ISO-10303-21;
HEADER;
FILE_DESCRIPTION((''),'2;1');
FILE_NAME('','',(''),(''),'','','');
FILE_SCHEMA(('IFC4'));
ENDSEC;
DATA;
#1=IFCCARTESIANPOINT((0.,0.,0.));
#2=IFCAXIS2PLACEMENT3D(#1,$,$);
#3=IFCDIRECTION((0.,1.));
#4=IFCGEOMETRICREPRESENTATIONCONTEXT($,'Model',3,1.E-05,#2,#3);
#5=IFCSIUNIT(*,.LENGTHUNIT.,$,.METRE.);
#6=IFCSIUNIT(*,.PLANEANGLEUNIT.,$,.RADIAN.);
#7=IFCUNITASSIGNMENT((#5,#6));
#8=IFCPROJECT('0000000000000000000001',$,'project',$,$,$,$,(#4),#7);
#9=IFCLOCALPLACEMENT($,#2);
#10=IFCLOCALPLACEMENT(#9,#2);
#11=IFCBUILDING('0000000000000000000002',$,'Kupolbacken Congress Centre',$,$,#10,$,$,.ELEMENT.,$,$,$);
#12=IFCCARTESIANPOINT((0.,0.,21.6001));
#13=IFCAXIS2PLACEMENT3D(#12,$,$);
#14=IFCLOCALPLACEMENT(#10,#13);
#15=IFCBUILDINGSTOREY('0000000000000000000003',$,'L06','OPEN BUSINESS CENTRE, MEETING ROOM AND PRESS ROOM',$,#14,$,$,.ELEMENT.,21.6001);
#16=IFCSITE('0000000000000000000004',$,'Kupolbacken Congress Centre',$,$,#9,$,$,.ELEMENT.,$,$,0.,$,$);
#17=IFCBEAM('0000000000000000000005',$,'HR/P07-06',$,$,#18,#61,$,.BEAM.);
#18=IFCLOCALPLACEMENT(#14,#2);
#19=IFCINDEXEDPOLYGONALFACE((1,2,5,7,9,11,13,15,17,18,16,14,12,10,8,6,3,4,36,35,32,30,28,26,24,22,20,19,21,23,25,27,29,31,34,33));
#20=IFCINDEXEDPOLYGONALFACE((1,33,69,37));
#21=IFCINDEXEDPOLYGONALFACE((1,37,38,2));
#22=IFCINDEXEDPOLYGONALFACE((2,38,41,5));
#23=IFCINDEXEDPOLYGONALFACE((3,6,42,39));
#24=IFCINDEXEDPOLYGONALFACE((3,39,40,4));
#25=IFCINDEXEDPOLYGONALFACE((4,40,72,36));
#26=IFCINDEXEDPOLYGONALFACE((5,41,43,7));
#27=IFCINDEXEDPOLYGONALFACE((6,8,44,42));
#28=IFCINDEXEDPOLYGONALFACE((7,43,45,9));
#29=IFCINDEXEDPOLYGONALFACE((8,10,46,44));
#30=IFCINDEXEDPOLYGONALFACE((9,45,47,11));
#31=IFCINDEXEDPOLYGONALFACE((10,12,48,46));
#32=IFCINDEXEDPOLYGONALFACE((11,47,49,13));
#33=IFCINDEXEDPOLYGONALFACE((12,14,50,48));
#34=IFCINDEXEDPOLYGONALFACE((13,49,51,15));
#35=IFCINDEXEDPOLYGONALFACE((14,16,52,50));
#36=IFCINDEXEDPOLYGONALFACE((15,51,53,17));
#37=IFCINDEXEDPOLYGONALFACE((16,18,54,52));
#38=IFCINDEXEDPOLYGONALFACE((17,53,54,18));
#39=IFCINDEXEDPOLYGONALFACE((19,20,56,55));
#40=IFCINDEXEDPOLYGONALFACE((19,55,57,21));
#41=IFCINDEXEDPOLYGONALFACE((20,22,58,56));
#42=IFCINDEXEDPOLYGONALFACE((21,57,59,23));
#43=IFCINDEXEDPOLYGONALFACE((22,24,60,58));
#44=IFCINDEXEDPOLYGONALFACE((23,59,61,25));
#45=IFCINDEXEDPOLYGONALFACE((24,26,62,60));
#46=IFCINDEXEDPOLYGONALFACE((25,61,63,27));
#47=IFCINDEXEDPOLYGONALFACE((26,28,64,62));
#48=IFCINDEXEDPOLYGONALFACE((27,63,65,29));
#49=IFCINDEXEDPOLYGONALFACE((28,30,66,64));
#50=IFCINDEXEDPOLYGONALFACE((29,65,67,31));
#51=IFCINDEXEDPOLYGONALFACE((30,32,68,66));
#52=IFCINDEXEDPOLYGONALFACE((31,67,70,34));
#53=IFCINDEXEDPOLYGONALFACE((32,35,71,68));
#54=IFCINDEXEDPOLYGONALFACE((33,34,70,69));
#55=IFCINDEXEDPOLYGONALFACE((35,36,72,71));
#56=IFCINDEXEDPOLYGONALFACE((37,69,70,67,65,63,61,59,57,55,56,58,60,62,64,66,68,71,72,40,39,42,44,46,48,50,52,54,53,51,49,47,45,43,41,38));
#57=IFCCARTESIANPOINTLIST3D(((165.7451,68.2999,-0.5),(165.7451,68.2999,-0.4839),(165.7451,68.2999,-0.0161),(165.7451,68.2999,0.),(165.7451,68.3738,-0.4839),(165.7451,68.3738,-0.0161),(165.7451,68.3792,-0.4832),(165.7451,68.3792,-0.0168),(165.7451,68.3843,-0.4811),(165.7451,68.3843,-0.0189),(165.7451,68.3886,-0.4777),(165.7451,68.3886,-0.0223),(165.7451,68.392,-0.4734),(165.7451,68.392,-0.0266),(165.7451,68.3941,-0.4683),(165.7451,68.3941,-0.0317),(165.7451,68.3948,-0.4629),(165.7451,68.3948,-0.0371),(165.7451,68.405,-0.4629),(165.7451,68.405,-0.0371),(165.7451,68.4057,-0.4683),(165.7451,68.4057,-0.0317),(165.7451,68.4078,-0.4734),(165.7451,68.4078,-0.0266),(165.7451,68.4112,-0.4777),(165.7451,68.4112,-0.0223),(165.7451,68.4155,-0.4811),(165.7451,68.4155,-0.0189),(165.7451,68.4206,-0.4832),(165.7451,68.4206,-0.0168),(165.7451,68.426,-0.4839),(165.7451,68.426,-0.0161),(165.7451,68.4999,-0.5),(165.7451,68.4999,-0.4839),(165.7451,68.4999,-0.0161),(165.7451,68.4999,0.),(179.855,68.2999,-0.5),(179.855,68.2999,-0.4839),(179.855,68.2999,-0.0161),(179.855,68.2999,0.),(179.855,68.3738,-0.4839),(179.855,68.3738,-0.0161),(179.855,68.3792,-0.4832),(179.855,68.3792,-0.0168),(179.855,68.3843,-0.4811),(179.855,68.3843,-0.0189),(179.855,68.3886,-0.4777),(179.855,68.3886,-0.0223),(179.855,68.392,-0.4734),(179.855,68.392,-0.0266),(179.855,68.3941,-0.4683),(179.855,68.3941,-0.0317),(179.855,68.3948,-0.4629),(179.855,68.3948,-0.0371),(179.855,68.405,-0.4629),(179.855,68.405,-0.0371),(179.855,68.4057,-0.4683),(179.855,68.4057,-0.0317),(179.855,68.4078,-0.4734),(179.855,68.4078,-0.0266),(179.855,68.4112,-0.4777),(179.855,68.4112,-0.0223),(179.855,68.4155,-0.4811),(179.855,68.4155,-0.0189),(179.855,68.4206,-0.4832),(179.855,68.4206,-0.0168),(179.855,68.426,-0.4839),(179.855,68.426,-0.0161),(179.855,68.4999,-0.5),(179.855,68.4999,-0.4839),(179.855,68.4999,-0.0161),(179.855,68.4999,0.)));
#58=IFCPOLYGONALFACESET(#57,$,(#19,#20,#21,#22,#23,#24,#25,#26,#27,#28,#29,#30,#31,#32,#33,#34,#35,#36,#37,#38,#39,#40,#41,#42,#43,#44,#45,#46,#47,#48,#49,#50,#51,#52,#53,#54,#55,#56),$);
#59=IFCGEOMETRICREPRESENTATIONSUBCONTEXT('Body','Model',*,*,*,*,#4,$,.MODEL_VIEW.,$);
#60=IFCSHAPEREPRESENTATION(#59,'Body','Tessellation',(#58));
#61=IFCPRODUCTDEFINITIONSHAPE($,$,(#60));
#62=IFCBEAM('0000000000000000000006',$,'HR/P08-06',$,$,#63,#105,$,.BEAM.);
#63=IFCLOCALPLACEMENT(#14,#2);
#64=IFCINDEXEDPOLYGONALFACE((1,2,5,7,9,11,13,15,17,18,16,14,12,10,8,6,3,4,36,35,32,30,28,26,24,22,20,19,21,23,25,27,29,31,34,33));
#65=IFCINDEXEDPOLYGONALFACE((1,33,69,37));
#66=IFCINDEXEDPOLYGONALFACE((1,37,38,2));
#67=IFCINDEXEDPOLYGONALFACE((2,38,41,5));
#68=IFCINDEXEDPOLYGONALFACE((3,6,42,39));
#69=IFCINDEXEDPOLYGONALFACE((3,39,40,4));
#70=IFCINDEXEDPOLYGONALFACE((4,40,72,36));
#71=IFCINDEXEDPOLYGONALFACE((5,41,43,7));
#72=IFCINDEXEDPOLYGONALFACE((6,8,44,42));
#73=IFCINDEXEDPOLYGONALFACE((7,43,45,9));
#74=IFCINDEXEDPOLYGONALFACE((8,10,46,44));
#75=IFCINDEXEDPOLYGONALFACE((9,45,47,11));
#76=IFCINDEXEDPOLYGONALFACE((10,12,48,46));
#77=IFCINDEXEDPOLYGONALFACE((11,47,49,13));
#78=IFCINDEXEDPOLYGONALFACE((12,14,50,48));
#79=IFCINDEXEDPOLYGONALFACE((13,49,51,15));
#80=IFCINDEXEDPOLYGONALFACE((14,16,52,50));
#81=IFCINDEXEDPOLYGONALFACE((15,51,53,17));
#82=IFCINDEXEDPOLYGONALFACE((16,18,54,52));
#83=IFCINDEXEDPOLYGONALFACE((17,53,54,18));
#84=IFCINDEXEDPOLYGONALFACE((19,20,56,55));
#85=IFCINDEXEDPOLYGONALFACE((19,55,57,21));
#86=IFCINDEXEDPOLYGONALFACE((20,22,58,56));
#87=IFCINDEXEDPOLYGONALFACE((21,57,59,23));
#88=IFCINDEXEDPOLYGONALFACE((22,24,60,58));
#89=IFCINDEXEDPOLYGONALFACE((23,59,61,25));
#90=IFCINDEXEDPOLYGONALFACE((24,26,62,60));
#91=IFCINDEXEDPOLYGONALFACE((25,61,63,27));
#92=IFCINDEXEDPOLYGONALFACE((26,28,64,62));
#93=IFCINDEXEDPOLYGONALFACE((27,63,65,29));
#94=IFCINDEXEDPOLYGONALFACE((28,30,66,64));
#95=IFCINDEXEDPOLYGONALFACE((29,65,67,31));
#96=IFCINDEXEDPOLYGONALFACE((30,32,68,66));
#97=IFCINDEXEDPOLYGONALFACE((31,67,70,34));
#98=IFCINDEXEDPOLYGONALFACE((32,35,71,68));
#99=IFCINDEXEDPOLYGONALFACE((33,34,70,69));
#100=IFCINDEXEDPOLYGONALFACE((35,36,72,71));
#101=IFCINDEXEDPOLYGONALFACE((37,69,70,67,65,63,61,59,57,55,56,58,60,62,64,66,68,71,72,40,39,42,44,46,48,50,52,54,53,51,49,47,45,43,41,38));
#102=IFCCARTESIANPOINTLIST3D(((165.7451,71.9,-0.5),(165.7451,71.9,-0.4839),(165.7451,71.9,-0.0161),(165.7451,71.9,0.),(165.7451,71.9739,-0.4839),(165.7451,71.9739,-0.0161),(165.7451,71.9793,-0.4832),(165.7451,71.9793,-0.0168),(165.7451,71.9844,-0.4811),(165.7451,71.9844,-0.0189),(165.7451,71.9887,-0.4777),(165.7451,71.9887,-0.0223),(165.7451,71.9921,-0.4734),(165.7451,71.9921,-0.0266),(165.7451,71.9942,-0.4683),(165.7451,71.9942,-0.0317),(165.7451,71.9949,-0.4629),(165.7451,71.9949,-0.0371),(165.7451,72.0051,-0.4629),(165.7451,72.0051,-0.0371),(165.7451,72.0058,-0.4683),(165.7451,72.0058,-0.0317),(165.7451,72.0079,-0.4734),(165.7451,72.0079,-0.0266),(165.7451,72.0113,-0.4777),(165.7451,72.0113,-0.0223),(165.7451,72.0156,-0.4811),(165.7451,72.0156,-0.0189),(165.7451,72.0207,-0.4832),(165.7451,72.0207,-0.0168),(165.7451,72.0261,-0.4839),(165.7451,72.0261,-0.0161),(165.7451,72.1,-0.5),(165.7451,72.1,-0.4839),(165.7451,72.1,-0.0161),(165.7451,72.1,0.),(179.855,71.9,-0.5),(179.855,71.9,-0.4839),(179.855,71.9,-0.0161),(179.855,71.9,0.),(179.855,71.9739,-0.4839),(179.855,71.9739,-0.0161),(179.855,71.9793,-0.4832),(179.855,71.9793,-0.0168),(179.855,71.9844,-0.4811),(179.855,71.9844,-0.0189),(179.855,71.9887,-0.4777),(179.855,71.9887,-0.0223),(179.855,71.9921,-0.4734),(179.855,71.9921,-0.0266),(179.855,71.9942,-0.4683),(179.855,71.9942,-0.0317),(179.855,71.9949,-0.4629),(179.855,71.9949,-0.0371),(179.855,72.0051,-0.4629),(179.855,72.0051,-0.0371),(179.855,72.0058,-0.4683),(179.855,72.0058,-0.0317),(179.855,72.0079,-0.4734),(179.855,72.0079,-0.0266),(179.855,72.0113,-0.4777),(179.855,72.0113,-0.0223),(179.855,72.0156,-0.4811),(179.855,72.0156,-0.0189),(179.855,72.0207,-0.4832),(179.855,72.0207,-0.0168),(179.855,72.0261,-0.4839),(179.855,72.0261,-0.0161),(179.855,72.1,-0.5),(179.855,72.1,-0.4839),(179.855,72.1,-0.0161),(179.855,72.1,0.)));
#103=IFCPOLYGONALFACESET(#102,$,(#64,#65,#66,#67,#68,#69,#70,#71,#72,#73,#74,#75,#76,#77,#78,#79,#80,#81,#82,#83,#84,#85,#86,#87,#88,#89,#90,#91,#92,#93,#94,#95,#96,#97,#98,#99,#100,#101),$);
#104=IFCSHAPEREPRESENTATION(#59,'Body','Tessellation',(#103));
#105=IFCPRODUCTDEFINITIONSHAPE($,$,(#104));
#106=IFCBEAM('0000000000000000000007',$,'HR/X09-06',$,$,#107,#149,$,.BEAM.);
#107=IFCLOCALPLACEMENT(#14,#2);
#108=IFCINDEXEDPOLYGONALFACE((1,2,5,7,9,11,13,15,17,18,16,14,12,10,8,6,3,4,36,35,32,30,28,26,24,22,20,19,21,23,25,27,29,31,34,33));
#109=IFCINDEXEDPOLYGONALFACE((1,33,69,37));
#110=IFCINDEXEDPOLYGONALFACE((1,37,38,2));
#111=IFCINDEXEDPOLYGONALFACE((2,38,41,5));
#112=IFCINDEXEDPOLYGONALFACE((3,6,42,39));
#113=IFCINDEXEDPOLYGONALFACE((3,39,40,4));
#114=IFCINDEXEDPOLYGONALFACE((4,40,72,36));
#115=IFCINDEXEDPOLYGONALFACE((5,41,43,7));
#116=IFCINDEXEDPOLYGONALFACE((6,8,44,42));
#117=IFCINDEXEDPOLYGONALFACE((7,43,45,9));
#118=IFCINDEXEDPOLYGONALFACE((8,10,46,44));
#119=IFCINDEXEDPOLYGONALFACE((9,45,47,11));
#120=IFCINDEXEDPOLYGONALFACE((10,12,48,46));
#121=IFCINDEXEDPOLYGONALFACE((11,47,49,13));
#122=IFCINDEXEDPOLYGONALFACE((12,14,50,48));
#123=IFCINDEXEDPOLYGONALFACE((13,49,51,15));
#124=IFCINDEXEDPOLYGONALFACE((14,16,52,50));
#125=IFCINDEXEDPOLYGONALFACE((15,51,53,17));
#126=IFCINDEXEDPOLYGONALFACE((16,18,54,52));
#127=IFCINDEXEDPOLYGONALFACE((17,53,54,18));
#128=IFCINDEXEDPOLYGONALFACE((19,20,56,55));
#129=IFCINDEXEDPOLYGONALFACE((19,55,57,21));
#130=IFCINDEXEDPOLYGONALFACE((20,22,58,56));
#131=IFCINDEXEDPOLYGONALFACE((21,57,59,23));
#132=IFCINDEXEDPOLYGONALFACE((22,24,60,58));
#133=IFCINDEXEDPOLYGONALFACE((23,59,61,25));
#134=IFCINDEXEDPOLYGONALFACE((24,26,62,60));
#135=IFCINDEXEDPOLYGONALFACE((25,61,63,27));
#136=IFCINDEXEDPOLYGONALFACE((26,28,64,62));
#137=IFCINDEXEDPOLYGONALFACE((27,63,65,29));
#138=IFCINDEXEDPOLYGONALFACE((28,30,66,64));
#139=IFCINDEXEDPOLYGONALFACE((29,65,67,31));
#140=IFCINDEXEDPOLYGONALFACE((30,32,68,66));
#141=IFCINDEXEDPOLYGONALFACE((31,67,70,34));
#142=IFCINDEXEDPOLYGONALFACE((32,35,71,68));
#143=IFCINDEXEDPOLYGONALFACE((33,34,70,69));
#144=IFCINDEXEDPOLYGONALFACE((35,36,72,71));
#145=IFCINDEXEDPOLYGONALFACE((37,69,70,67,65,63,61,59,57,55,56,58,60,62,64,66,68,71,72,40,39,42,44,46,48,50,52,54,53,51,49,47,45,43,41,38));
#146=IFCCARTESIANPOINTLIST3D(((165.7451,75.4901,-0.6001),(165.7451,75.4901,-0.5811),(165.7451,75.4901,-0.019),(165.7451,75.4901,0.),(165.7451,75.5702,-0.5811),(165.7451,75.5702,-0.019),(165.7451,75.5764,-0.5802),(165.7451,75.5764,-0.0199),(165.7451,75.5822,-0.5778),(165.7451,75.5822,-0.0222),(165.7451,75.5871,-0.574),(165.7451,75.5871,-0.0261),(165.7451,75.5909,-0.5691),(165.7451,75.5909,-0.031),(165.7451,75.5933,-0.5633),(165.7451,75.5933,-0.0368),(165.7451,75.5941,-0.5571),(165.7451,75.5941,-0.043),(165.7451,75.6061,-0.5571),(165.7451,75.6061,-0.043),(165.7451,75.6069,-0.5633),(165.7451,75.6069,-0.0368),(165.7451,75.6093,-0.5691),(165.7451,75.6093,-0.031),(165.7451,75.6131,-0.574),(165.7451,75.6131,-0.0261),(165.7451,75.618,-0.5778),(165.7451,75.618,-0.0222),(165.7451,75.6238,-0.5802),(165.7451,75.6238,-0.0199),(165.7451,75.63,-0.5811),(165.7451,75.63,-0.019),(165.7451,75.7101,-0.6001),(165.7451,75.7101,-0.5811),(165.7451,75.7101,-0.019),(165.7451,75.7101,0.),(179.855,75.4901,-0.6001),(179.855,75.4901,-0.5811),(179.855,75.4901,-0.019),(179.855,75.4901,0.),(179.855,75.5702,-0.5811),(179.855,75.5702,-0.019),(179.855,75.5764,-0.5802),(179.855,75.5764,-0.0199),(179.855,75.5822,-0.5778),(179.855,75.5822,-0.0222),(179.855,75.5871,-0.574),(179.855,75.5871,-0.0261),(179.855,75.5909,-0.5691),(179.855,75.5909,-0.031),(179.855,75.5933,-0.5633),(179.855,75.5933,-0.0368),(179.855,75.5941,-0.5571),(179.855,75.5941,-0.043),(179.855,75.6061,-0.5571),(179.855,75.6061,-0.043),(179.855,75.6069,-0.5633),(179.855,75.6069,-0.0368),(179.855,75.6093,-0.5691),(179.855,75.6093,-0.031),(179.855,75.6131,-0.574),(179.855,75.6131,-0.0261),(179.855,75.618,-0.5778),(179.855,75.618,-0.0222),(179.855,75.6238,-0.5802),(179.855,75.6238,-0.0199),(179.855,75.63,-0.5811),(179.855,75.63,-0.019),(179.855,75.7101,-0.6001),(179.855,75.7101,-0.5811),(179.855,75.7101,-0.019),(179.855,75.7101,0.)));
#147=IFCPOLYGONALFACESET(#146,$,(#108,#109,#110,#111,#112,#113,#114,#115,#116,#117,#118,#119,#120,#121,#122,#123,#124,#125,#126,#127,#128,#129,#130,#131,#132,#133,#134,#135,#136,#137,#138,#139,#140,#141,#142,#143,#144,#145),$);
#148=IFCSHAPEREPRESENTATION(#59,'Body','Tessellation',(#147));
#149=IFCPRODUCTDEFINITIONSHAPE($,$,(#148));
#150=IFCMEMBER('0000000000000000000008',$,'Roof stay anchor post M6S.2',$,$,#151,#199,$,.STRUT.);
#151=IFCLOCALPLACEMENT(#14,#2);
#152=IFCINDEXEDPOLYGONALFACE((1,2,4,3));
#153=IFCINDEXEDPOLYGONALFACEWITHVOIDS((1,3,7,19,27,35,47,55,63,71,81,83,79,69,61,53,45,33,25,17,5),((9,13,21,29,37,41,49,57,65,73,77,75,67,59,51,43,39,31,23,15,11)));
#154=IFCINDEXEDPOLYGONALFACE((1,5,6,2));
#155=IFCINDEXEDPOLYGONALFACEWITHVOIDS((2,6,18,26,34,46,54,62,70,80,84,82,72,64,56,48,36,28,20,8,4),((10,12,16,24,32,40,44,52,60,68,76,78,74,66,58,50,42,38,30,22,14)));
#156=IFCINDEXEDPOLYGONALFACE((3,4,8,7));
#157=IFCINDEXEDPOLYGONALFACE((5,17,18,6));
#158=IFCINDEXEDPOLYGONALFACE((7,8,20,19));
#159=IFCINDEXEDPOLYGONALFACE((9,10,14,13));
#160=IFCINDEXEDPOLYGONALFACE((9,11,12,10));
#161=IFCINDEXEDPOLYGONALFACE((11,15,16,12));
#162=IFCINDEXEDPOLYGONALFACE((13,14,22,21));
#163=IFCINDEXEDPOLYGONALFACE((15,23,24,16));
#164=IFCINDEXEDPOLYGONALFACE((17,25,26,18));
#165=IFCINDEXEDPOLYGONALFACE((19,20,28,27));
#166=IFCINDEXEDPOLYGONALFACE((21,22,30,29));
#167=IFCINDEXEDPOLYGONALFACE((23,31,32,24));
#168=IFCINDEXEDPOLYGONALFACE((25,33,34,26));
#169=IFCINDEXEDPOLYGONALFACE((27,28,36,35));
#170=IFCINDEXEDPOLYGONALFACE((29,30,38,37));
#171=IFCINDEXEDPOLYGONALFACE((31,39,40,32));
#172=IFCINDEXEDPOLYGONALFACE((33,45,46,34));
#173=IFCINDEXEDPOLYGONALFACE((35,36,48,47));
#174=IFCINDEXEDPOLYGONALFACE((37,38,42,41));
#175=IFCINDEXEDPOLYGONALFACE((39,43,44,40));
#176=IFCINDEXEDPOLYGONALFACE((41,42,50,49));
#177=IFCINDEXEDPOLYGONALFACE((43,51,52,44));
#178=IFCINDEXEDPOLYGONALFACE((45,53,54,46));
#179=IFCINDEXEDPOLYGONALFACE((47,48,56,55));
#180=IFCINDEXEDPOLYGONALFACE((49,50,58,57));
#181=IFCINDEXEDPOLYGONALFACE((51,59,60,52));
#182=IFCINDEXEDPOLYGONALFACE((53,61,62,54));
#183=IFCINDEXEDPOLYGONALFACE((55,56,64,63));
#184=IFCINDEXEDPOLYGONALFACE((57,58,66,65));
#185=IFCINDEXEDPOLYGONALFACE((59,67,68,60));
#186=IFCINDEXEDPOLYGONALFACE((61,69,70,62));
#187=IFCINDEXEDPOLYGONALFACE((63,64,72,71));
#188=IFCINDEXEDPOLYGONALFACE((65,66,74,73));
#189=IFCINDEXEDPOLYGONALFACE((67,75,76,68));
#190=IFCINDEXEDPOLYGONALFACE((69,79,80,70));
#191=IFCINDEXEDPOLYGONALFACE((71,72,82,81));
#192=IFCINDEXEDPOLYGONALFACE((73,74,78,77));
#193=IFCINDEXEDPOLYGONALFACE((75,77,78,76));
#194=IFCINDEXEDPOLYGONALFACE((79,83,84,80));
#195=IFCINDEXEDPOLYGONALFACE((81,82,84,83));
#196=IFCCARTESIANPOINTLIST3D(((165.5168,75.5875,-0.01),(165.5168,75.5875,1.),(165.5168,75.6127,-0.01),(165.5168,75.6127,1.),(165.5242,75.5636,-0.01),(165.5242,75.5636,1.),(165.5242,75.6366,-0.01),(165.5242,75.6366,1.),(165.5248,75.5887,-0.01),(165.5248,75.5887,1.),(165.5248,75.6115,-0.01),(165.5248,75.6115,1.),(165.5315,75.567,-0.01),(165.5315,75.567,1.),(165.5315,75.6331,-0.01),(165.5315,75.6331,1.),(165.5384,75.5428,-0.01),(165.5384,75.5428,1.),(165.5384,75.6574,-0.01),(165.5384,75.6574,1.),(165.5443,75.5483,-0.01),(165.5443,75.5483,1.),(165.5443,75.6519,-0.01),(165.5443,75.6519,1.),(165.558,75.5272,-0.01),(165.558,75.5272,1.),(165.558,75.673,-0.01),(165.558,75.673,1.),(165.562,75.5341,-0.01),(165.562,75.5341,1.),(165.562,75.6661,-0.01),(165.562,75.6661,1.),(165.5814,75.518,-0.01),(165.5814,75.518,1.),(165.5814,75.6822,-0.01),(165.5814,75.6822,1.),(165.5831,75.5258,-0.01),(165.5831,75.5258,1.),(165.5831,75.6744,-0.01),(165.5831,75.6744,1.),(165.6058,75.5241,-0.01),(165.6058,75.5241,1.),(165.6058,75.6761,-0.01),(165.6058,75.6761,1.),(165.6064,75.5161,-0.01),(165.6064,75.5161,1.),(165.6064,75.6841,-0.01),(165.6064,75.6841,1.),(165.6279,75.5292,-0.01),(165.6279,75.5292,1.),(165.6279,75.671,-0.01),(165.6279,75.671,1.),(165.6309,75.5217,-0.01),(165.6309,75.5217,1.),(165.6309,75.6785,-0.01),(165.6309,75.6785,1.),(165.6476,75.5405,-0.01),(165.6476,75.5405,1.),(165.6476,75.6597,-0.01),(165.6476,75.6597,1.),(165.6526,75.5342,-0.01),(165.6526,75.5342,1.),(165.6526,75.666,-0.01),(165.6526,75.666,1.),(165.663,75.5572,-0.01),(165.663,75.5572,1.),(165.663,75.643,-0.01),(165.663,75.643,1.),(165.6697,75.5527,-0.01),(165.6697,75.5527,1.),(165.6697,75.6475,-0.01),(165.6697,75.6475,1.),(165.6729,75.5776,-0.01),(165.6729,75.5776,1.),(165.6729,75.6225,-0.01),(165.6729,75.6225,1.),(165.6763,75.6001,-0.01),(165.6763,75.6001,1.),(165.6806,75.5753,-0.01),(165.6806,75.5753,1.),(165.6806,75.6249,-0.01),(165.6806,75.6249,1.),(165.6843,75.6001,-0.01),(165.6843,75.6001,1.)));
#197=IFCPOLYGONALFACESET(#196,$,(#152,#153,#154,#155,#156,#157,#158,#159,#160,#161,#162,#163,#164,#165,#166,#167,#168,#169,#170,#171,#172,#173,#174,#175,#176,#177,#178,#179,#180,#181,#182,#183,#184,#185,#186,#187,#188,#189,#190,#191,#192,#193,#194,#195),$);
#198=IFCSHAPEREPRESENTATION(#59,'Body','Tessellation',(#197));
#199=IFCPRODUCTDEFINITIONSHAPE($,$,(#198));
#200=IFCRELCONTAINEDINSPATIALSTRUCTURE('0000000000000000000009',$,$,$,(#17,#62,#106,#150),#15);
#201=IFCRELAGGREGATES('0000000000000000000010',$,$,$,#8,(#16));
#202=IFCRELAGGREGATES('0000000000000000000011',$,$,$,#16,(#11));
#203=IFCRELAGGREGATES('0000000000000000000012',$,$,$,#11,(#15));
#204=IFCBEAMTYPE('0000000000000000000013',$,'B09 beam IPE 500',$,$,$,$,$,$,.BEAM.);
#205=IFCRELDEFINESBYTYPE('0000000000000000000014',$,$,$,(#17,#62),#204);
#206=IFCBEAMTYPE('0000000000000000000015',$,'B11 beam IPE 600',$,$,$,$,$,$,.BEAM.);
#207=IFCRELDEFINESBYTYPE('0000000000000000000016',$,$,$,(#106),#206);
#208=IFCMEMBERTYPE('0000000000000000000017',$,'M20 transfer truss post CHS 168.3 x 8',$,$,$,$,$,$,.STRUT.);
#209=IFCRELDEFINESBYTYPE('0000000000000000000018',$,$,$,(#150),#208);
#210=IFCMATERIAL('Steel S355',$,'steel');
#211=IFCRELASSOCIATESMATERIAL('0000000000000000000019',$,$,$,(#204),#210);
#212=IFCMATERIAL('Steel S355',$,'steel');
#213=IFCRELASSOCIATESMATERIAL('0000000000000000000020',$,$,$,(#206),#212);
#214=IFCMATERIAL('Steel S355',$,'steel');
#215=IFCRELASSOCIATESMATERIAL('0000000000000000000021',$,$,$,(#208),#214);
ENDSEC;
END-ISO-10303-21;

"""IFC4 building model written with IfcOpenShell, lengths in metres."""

from ifc_helpers import new_model, si_unit, direction, frame, origin, origin_2d, place, context, subcontext, project, spatial, hollow_circle, i_section, extrude, material, material_profile, profile_set, type_object, element, save


model = new_model("IFC4")

# Units and contexts
model_context = context("Model", 3, precision=1e-05, world=origin(), true_north=direction((0.0, 1.0)))
body_context = subcontext(model_context, "Body", "Model", "MODEL_VIEW")
ifc_project = project(units=[si_unit("LENGTHUNIT", "METRE"), si_unit("PLANEANGLEUNIT", "RADIAN")], contexts=[model_context])

# Site, building, storey
site_placement = place(None, origin())
site = spatial("IfcSite", under=ifc_project, at=site_placement, Name="Kupolbacken Congress Centre", CompositionType="ELEMENT", RefElevation=0.0)
building_placement = place(site_placement, origin())
building = spatial("IfcBuilding", under=site, at=building_placement, Name="Kupolbacken Congress Centre", CompositionType="ELEMENT")
storey_placement = place(building_placement, frame((0.0, 0.0, 21.6001)))
storey = spatial("IfcBuildingStorey", under=building, at=storey_placement, Name="L06", Description="OPEN BUSINESS CENTRE, MEETING ROOM AND PRESS ROOM", CompositionType="ELEMENT", Elevation=21.6001)

# Beams
ifc_material_1 = material(Name="Steel S355", Category="steel")
ifc_material_profile_1 = material_profile(ifc_material_1, i_section(OverallWidth=0.2, OverallDepth=0.5, WebThickness=0.0103, FlangeThickness=0.0161, FilletRadius=0.021, at=origin_2d()), Name="IPE 500")
ifc_profile_set_1 = profile_set([ifc_material_profile_1], Name="Steel S355")
beam_type_1 = type_object("IfcBeamType", Name="B09 beam IPE 500", PredefinedType="BEAM", material=ifc_profile_set_1)
for number, where, z_axis, x_axis, name in (
    (1, (165.7451, 68.3999, -0.25), (1.0, 0.0, 0.0), (0.0, 1.0, 0.0), "HR/P07-06"),
    (2, (165.7451, 72.0, -0.25), (1.0, 0.0, 0.0), (0.0, 1.0, 0.0), "HR/P08-06"),
):
    element("IfcBeam", number, at=place(storey_placement, frame(where, z_axis=z_axis, x_axis=x_axis)), inside=storey, type_object=beam_type_1, Name=name, PredefinedType="BEAM", context=body_context, shape_type="SweptSolid", body=[
        extrude(i_section(OverallWidth=0.2, OverallDepth=0.5, WebThickness=0.0103, FlangeThickness=0.0161, FilletRadius=0.021, at=origin_2d()), origin(), (0.0, 0.0, 1.0), 14.1099),
    ])
ifc_material_2 = material(Name="Steel S355", Category="steel")
ifc_material_profile_2 = material_profile(ifc_material_2, i_section(OverallWidth=0.22, OverallDepth=0.6001, WebThickness=0.012, FlangeThickness=0.019, FilletRadius=0.0239, at=origin_2d()), Name="IPE 600")
ifc_profile_set_2 = profile_set([ifc_material_profile_2], Name="Steel S355")
beam_type_2 = type_object("IfcBeamType", Name="B11 beam IPE 600", PredefinedType="BEAM", material=ifc_profile_set_2)
beam_placement = place(storey_placement, frame((165.7451, 75.6001, -0.3), z_axis=(1.0, 0.0, 0.0), x_axis=(0.0, 1.0, 0.0)))
element("IfcBeam", 3, at=beam_placement, inside=storey, type_object=beam_type_2, Name="HR/X09-06", PredefinedType="BEAM", context=body_context, shape_type="SweptSolid", body=[
    extrude(i_section(OverallWidth=0.22, OverallDepth=0.6001, WebThickness=0.012, FlangeThickness=0.019, FilletRadius=0.0239, at=origin_2d()), origin(), (0.0, 0.0, 1.0), 14.1099),
])

# Member
ifc_material_3 = material(Name="Steel S355", Category="steel")
ifc_material_profile_3 = material_profile(ifc_material_3, hollow_circle(Radius=0.0842, WallThickness=0.0081, at=origin_2d()), Name="CHS 168.3 x 8")
ifc_profile_set_3 = profile_set([ifc_material_profile_3], Name="Steel S355")
member_type_1 = type_object("IfcMemberType", Name="M20 transfer truss post CHS 168.3 x 8", PredefinedType="STRUT", material=ifc_profile_set_3)
member_1_placement = place(storey_placement, frame((165.6001, 75.6001, -0.01), z_axis=(0.0, 0.0, 1.0), x_axis=(1.0, 0.0, 0.0)))
element("IfcMember", 4, at=member_1_placement, inside=storey, type_object=member_type_1, Name="Roof stay anchor post M6S.2", PredefinedType="STRUT", context=body_context, shape_type="SweptSolid", body=[
    extrude(hollow_circle(Radius=0.0842, WallThickness=0.0081, at=origin_2d()), origin(), (0.0, 0.0, 1.0), 1.01),
])

save(model, "model.ifc")
